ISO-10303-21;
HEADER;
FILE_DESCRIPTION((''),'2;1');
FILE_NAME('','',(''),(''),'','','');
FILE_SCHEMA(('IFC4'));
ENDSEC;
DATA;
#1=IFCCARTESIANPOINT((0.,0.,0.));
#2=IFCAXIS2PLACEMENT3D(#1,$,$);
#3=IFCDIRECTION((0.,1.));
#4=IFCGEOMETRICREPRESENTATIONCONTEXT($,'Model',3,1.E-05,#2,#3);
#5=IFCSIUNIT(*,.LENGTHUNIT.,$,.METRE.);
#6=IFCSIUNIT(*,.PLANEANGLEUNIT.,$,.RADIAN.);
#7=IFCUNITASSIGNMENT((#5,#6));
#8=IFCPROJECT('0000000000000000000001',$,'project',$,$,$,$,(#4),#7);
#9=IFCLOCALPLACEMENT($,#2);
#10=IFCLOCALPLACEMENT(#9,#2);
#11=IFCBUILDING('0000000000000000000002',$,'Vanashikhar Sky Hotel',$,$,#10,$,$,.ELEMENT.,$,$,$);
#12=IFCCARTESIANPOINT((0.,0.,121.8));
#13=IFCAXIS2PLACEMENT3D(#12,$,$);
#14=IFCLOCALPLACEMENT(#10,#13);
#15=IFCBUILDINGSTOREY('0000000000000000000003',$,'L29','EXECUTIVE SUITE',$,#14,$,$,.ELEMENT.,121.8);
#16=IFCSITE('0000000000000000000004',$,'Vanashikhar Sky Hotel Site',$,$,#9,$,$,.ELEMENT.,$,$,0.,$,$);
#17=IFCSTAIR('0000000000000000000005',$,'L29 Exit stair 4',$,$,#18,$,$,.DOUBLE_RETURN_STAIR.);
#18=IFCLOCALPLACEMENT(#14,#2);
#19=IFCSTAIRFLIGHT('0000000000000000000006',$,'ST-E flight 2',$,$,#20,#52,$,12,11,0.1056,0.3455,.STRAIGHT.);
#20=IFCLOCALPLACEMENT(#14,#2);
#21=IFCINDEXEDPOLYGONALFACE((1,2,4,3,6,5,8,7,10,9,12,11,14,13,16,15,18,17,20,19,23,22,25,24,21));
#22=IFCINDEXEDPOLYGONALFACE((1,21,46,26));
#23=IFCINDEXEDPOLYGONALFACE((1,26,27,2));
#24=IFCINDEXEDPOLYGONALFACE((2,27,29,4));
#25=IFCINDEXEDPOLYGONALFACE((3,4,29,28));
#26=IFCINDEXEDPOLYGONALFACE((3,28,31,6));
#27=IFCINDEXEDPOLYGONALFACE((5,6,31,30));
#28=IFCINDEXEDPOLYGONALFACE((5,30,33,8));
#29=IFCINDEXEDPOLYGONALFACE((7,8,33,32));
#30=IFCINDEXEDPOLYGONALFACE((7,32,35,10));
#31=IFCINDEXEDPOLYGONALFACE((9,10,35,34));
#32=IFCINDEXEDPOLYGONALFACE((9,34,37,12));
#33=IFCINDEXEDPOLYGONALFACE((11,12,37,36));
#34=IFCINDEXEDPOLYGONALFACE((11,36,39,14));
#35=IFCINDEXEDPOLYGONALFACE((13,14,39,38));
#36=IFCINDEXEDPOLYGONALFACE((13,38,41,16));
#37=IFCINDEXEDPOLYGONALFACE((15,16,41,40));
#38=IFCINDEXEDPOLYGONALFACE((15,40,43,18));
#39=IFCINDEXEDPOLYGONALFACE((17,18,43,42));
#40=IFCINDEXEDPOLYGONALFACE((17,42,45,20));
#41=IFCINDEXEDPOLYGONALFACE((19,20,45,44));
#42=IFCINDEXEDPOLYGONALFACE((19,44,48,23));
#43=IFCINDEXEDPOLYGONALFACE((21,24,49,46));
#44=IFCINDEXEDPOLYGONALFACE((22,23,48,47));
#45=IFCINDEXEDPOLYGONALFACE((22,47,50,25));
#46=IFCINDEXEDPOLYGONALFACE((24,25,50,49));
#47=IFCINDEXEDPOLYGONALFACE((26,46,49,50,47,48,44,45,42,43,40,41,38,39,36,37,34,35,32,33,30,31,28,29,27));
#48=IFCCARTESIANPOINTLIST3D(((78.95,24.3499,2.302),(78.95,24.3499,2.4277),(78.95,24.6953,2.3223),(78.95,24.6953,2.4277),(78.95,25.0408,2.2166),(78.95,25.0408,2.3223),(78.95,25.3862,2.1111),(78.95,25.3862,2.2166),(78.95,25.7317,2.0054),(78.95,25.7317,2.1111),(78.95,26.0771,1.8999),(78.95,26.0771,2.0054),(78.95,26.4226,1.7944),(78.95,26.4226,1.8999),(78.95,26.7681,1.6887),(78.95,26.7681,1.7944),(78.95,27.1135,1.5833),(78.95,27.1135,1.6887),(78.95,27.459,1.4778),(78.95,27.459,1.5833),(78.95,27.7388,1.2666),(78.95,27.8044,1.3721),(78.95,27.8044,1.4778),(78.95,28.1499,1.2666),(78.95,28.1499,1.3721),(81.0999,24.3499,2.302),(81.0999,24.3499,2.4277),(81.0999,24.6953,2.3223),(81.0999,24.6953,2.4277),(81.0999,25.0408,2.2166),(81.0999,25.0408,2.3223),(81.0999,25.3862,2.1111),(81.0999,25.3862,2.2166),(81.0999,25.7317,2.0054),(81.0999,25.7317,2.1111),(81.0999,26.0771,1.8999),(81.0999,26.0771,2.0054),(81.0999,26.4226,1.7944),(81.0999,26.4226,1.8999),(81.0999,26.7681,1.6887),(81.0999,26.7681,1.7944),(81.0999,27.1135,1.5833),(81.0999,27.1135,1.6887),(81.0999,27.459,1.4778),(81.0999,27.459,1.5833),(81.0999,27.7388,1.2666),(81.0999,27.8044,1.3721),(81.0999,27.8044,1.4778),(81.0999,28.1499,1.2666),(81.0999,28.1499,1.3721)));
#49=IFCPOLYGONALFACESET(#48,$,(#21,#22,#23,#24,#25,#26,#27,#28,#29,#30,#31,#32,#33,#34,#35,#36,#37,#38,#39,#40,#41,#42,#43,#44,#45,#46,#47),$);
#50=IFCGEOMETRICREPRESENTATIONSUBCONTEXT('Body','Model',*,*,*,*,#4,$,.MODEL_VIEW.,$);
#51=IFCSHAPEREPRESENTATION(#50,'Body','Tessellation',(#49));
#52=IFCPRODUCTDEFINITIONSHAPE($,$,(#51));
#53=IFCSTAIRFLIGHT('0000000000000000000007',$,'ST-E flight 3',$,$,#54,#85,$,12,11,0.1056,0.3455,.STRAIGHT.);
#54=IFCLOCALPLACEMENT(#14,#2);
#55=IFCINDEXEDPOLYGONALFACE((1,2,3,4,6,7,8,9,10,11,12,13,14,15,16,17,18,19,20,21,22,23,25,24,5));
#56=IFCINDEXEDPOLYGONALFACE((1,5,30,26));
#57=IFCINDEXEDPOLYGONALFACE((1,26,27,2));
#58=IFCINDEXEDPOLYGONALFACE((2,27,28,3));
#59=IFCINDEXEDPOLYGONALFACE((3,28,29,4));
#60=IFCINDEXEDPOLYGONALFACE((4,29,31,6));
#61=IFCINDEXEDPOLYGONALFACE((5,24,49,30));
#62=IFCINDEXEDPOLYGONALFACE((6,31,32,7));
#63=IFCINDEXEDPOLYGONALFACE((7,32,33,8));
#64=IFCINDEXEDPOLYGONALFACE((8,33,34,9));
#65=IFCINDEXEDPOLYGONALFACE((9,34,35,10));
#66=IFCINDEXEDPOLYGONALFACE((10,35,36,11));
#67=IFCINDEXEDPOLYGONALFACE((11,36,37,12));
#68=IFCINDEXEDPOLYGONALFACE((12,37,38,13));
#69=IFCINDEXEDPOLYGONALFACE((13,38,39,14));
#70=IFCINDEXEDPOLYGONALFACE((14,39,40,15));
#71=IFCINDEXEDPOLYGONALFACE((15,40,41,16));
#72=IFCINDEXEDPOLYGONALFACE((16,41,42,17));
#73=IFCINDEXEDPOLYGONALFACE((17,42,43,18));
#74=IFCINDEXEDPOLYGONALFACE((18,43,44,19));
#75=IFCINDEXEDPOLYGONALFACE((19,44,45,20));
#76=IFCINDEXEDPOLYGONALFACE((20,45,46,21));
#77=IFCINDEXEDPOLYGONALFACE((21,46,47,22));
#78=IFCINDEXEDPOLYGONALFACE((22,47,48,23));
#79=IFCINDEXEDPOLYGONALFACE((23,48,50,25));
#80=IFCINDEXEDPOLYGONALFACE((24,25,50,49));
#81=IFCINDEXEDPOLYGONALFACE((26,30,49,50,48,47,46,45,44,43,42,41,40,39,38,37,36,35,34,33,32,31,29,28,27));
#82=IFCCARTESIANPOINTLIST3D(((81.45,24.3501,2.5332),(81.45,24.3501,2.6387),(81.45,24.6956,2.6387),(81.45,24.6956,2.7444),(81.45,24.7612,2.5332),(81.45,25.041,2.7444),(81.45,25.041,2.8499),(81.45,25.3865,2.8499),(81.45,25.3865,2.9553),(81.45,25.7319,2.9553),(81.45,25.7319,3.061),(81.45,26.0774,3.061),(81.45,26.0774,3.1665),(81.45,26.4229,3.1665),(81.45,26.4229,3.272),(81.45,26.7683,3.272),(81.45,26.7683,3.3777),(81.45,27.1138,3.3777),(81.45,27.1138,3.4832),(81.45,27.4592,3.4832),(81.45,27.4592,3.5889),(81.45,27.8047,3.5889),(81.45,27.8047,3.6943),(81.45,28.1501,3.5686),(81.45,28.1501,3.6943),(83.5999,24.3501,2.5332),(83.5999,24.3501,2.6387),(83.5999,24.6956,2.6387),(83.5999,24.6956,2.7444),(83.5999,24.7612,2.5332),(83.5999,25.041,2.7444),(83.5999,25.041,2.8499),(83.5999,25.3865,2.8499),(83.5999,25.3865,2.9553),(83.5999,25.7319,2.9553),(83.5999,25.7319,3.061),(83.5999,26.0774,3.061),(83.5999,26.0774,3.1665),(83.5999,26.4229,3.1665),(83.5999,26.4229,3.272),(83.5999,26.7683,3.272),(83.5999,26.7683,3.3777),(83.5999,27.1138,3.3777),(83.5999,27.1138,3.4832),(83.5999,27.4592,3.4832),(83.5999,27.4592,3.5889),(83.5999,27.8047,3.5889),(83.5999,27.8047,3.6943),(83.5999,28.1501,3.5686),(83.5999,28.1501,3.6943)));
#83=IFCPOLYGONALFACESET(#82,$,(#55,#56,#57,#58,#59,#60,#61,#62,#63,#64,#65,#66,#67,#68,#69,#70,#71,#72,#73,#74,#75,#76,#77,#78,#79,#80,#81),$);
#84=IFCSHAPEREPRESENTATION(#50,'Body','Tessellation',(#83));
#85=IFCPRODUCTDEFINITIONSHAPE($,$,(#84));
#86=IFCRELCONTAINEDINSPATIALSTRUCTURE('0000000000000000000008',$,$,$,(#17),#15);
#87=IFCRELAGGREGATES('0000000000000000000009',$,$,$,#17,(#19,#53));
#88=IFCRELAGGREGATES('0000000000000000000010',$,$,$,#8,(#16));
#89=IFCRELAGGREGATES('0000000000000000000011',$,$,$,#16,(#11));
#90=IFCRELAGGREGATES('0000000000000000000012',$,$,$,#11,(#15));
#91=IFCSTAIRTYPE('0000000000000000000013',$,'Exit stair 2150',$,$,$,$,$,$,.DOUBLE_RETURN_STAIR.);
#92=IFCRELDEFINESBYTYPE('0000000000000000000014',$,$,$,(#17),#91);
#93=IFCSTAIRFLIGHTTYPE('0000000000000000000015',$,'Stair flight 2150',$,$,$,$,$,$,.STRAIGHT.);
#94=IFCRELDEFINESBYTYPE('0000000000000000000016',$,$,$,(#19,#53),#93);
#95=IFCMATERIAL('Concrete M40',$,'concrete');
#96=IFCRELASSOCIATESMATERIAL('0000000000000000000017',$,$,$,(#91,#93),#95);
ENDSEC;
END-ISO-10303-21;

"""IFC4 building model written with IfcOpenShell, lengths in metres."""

from ifc_helpers import new_model, si_unit, direction, frame, origin, place, context, subcontext, project, spatial, polyline, outline, extrude, source, transform, mapped, material, type_object, element, aggregate, save


model = new_model("IFC4")

# Units and contexts
model_context = context("Model", 3, precision=1e-05, world=origin(), true_north=direction((0.0, 1.0)))
body_context = subcontext(model_context, "Body", "Model", "MODEL_VIEW")
ifc_project = project(units=[si_unit("LENGTHUNIT", "METRE"), si_unit("PLANEANGLEUNIT", "RADIAN")], contexts=[model_context])

# Site, building, storey
site_placement = place(None, origin())
site = spatial("IfcSite", under=ifc_project, at=site_placement, Name="Vanashikhar Sky Hotel Site", CompositionType="ELEMENT", RefElevation=0.0)
building_placement = place(site_placement, origin())
building = spatial("IfcBuilding", under=site, at=building_placement, Name="Vanashikhar Sky Hotel", CompositionType="ELEMENT")
storey_placement = place(building_placement, frame((0.0, 0.0, 121.8)))
storey = spatial("IfcBuildingStorey", under=building, at=storey_placement, Name="L29", Description="EXECUTIVE SUITE", CompositionType="ELEMENT", Elevation=121.8)

# Shared definitions
ifc_material_1 = material(Name="Concrete M40", Category="concrete")

# Stair, stair flights
stair_type = type_object("IfcStairType", Name="Exit stair 2150", PredefinedType="DOUBLE_RETURN_STAIR", material=ifc_material_1)
stair_placement = place(storey_placement, origin())
stair = element("IfcStair", 1, at=stair_placement, inside=storey, type_object=stair_type, Name="L29 Exit stair 4", PredefinedType="DOUBLE_RETURN_STAIR")
stair_flight_type = type_object("IfcStairFlightType", Name="Stair flight 2150", PredefinedType="STRAIGHT", material=ifc_material_1)
shared_shape_1 = source(origin(), body_context, "Body", "SweptSolid", [
    extrude(outline(polyline([(0.0, 0.0), (0.0, 0.1055), (0.3455, 0.1055), (0.3455, 0.2112), (0.6909, 0.2112), (0.6909, 0.3167), (1.0364, 0.3167), (1.0364, 0.4221), (1.3818, 0.4221), (1.3818, 0.5278), (1.7273, 0.5278), (1.7273, 0.6333), (2.0728, 0.6333), (2.0728, 0.7388), (2.4182, 0.7388), (2.4182, 0.8445), (2.7637, 0.8445), (2.7637, 0.95), (3.1091, 0.95), (3.1091, 1.0557), (3.4546, 1.0557), (3.4546, 1.1611), (3.8, 1.1611), (3.8, 1.2666), (3.8, 1.0354), (0.4111, 0.0), (0.0, 0.0)])), frame((0.0, 1.075, 0.0), z_axis=(0.0, -1.0, 0.0), x_axis=(1.0, 0.0, 0.0)), (0.0, 0.0, 1.0), 2.1499),
])
stair_flight_1_placement = place(storey_placement, frame((80.0249, 28.1499, 1.2666), z_axis=(0.0, 0.0, 1.0), x_axis=(0.0, -1.0, 0.0)))
stair_flight_1 = element("IfcStairFlight", 2, at=stair_flight_1_placement, type_object=stair_flight_type, Name="ST-E flight 2", NumberOfRisers=12, NumberOfTreads=11, PredefinedType="STRAIGHT", RiserHeight=0.1056, TreadLength=0.3455, context=body_context, shape_type="MappedRepresentation", body=[
    mapped(shared_shape_1, transform((0.0, 0.0, 0.0), scale=1.0)),
])
stair_flight_2_placement = place(storey_placement, frame((82.5249, 24.3501, 2.5332), z_axis=(0.0, 0.0, 1.0), x_axis=(0.0, 1.0, 0.0)))
stair_flight_2 = element("IfcStairFlight", 3, at=stair_flight_2_placement, type_object=stair_flight_type, Name="ST-E flight 3", NumberOfRisers=12, NumberOfTreads=11, PredefinedType="STRAIGHT", RiserHeight=0.1056, TreadLength=0.3455, context=body_context, shape_type="MappedRepresentation", body=[
    mapped(shared_shape_1, transform((0.0, 0.0, 0.0), scale=1.0)),
])
aggregate(stair, [stair_flight_1, stair_flight_2])

save(model, "model.ifc")
